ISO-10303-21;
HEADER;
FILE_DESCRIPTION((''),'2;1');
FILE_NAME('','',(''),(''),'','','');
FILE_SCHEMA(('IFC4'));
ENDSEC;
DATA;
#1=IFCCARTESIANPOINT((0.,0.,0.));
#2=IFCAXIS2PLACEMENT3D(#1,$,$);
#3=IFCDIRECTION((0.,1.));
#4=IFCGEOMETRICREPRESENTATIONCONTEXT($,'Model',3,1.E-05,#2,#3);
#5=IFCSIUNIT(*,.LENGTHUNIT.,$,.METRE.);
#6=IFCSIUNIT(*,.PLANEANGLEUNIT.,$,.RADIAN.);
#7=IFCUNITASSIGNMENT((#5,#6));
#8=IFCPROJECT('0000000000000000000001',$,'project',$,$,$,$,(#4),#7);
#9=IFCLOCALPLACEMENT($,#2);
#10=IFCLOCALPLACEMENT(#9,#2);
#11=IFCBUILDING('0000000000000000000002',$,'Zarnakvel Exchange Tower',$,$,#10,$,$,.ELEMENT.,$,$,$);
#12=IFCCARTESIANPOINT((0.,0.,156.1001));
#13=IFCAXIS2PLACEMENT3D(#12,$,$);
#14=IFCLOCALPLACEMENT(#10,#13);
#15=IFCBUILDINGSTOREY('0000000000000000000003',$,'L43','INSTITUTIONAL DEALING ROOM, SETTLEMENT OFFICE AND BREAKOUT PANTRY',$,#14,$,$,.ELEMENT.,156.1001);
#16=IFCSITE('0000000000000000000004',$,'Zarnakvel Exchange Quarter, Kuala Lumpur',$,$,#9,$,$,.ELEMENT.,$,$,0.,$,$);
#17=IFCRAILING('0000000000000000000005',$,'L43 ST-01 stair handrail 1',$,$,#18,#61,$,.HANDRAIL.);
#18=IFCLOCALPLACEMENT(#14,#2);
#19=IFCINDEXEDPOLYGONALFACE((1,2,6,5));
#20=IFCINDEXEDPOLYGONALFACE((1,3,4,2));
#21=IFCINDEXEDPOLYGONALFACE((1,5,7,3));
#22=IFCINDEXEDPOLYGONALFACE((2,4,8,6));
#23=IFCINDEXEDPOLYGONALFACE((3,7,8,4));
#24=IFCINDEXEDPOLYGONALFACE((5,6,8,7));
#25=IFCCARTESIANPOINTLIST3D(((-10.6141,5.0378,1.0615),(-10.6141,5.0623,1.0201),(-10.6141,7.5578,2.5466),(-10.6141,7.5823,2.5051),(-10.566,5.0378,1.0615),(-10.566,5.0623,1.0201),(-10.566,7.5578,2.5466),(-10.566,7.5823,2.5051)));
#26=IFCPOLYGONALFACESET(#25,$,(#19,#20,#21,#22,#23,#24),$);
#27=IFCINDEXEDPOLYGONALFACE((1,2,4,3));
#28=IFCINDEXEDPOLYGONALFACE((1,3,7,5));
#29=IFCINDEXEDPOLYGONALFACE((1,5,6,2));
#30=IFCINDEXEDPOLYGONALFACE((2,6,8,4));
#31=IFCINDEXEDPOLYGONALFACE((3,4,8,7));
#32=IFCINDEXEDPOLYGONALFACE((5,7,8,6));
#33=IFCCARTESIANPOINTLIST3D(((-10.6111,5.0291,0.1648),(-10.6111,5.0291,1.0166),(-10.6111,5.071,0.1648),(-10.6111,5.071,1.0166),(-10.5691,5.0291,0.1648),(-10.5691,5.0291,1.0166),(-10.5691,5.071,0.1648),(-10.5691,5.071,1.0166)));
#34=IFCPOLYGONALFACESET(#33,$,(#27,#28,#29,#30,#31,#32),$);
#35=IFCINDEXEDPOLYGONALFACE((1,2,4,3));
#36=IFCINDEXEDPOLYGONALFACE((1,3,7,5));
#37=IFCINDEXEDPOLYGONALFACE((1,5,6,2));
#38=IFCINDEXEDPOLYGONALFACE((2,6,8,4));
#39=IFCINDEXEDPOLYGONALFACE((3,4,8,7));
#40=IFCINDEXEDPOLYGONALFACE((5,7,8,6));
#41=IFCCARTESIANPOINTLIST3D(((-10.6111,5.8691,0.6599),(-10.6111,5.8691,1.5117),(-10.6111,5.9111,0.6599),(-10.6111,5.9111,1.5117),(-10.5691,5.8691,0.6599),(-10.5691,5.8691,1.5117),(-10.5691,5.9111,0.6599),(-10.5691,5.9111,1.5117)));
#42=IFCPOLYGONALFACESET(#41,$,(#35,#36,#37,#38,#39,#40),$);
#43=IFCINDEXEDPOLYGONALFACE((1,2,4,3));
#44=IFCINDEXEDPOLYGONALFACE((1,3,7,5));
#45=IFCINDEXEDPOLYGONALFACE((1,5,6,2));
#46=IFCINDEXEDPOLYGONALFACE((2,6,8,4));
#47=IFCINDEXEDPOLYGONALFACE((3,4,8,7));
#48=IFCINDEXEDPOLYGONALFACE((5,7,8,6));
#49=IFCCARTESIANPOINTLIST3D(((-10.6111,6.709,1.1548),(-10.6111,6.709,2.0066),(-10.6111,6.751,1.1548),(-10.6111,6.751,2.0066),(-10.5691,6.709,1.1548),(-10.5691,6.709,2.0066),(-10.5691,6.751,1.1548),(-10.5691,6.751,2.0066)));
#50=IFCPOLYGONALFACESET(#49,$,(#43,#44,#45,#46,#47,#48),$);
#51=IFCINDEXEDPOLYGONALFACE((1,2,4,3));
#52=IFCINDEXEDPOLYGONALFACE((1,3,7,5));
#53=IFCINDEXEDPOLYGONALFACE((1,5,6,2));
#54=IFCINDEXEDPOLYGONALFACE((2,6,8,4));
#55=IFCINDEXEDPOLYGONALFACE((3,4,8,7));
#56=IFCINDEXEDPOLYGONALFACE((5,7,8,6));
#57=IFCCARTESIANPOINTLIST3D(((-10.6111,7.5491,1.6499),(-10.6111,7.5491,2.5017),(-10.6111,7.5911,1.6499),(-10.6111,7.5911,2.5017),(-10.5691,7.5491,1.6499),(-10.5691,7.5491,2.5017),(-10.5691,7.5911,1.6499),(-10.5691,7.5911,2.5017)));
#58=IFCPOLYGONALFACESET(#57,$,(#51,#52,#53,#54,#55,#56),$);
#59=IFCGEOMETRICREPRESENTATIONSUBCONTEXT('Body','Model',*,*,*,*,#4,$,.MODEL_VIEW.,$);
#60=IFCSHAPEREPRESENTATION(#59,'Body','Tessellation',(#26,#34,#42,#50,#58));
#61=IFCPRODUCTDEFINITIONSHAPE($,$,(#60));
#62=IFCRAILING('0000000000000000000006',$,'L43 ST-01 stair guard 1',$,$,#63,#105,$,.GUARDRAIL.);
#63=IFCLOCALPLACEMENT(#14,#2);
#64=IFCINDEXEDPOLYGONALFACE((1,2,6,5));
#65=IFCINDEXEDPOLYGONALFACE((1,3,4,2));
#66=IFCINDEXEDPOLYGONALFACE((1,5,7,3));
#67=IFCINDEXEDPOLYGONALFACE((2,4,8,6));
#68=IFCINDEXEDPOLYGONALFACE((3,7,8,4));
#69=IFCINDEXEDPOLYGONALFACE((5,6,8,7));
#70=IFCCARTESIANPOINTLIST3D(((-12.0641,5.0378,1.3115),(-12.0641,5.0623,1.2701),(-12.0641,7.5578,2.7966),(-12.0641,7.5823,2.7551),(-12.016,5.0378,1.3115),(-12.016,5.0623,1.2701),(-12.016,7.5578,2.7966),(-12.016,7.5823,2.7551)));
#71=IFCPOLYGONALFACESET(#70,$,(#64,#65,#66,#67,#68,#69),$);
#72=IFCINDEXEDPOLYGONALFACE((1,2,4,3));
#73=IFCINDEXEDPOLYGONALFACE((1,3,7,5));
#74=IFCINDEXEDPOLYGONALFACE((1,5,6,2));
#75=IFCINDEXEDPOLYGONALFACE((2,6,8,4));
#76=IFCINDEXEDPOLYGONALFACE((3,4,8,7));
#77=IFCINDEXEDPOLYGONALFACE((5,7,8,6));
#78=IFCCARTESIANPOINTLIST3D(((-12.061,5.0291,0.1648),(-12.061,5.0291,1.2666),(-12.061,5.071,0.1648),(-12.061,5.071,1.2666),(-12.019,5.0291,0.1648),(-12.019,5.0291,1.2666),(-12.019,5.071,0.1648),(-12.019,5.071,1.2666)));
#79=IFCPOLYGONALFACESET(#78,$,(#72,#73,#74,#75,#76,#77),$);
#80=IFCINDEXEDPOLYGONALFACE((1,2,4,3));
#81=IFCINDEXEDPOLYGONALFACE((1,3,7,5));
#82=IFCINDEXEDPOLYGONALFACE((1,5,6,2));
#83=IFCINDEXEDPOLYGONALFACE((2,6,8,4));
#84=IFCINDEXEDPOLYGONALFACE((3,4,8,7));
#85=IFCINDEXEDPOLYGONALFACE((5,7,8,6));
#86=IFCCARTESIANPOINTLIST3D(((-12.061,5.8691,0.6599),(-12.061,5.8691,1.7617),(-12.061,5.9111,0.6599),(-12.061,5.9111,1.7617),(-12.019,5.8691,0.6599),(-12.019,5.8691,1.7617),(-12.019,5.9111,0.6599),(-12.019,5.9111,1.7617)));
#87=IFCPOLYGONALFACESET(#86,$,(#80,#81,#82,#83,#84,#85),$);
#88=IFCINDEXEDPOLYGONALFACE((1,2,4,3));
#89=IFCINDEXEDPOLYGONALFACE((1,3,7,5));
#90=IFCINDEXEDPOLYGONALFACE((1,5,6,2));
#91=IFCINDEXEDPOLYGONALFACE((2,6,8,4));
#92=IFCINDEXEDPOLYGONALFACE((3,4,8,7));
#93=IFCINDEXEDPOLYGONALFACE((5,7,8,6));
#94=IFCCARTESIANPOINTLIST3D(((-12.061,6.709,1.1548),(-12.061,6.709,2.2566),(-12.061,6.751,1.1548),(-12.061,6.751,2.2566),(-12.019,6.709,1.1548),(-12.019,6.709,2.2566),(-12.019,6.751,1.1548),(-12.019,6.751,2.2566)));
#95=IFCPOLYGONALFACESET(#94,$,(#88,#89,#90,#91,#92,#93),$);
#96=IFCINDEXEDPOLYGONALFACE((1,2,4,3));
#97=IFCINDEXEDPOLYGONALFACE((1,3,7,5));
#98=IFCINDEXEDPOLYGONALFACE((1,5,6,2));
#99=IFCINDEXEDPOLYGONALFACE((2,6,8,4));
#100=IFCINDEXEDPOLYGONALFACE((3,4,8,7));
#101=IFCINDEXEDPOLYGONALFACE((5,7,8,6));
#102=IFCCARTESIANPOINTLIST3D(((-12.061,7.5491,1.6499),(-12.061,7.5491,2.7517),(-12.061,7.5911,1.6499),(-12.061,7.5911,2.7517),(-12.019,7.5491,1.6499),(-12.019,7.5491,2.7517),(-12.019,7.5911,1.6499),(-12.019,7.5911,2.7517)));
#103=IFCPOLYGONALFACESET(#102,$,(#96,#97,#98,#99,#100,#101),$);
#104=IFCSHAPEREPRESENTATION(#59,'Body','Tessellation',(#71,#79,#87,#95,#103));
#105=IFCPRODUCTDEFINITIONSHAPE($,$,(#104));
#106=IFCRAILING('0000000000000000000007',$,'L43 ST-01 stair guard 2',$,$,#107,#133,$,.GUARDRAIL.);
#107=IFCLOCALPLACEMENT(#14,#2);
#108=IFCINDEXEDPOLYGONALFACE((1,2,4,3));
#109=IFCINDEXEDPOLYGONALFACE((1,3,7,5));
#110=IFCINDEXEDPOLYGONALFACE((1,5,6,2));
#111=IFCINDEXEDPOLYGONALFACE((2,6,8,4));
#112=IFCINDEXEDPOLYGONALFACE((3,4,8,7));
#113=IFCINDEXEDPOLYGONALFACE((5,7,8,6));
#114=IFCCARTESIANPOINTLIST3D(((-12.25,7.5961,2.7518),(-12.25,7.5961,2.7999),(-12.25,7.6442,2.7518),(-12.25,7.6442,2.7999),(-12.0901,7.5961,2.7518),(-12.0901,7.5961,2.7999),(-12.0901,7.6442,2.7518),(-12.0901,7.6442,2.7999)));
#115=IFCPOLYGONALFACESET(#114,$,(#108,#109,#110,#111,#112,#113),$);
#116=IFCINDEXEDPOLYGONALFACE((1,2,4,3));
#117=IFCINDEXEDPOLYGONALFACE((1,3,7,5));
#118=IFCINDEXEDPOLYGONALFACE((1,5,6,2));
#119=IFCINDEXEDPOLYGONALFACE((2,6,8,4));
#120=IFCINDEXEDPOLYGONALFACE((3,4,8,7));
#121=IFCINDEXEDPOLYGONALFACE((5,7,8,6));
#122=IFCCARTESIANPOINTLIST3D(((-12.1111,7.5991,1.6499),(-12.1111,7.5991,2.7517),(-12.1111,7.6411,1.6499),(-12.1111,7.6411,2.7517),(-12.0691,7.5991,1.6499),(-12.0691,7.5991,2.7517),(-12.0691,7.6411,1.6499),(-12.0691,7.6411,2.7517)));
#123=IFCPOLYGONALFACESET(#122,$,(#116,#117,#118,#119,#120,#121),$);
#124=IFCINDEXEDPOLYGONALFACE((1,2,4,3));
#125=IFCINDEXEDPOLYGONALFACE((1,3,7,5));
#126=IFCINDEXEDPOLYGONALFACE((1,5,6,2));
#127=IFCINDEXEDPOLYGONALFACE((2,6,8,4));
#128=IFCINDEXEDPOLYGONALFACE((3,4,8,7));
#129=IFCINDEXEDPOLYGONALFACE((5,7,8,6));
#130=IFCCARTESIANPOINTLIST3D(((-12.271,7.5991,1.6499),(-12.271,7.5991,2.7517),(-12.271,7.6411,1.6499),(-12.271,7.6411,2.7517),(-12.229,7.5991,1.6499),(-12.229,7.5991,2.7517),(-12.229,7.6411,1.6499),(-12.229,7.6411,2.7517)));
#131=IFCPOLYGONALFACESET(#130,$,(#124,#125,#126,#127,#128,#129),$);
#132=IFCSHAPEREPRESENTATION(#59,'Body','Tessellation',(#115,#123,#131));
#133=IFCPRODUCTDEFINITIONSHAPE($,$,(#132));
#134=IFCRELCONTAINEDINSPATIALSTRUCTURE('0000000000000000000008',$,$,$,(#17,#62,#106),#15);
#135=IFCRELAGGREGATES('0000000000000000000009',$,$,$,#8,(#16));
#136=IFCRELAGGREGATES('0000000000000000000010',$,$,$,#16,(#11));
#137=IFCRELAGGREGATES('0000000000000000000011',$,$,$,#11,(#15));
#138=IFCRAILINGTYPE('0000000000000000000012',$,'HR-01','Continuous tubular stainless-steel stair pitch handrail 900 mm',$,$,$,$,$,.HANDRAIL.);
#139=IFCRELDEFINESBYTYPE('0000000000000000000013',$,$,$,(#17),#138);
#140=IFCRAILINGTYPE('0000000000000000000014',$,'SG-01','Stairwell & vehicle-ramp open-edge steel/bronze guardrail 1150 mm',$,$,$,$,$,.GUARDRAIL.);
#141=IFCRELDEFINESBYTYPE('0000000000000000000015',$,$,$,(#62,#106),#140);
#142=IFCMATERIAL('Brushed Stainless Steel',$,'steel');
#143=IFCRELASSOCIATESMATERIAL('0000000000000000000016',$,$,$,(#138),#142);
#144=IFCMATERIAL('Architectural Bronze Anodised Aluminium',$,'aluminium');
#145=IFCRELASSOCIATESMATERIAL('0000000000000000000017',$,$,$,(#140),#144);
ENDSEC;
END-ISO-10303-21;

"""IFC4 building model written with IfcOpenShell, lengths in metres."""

from ifc_helpers import new_model, si_unit, direction, frame, origin, origin_2d, place, context, subcontext, project, spatial, rectangle, extrude, material, type_object, element, save


model = new_model("IFC4")

# Units and contexts
model_context = context("Model", 3, precision=1e-05, world=origin(), true_north=direction((0.0, 1.0)))
body_context = subcontext(model_context, "Body", "Model", "MODEL_VIEW")
ifc_project = project(units=[si_unit("LENGTHUNIT", "METRE"), si_unit("PLANEANGLEUNIT", "RADIAN")], contexts=[model_context])

# Site, building, storey
site_placement = place(None, origin())
site = spatial("IfcSite", under=ifc_project, at=site_placement, Name="Zarnakvel Exchange Quarter, Kuala Lumpur", CompositionType="ELEMENT", RefElevation=0.0)
building_placement = place(site_placement, origin())
building = spatial("IfcBuilding", under=site, at=building_placement, Name="Zarnakvel Exchange Tower", CompositionType="ELEMENT")
storey_placement = place(building_placement, frame((0.0, 0.0, 156.1001)))
storey = spatial("IfcBuildingStorey", under=building, at=storey_placement, Name="L43", Description="INSTITUTIONAL DEALING ROOM, SETTLEMENT OFFICE AND BREAKOUT PANTRY", CompositionType="ELEMENT", Elevation=156.1001)

# Shared definitions
ifc_material_1 = material(Name="Architectural Bronze Anodised Aluminium", Category="aluminium")

# Railings
ifc_material_2 = material(Name="Brushed Stainless Steel", Category="steel")
railing_type_1 = type_object("IfcRailingType", Name="HR-01", Description="Continuous tubular stainless-steel stair pitch handrail 900 mm", PredefinedType="HANDRAIL", material=ifc_material_2)
railing_1_placement = place(storey_placement, frame((-10.5901, 5.05, 0.1648)))
element("IfcRailing", 1, at=railing_1_placement, inside=storey, type_object=railing_type_1, Name="L43 ST-01 stair handrail 1", PredefinedType="HANDRAIL", context=body_context, shape_type="SweptSolid", body=[
    extrude(rectangle(XDim=0.0481, YDim=0.0481, at=origin_2d()), frame((0.0, 0.0, 0.876), z_axis=(0.0, 0.861524, 0.507717), x_axis=(-1.0, 0.0, 0.0)), (0.0, 0.0, 1.0), 2.925),
    extrude(rectangle(XDim=0.042, YDim=0.042, at=origin_2d()), origin(), (0.0, 0.0, 1.0), 0.8518),
    extrude(rectangle(XDim=0.042, YDim=0.042, at=origin_2d()), frame((0.0, 0.8401, 0.4951)), (0.0, 0.0, 1.0), 0.8518),
    extrude(rectangle(XDim=0.042, YDim=0.042, at=origin_2d()), frame((0.0, 1.6799, 0.99)), (0.0, 0.0, 1.0), 0.8518),
    extrude(rectangle(XDim=0.042, YDim=0.042, at=origin_2d()), frame((0.0, 2.52, 1.4851)), (0.0, 0.0, 1.0), 0.8518),
])
railing_type_2 = type_object("IfcRailingType", Name="SG-01", Description="Stairwell & vehicle-ramp open-edge steel/bronze guardrail 1150 mm", PredefinedType="GUARDRAIL", material=ifc_material_1)
railing_2_placement = place(storey_placement, frame((-12.04, 5.05, 0.1648)))
element("IfcRailing", 2, at=railing_2_placement, inside=storey, type_object=railing_type_2, Name="L43 ST-01 stair guard 1", PredefinedType="GUARDRAIL", context=body_context, shape_type="SweptSolid", body=[
    extrude(rectangle(XDim=0.0481, YDim=0.0481, at=origin_2d()), frame((0.0, 0.0, 1.126), z_axis=(0.0, 0.861524, 0.507717), x_axis=(-1.0, 0.0, 0.0)), (0.0, 0.0, 1.0), 2.925),
    extrude(rectangle(XDim=0.042, YDim=0.042, at=origin_2d()), origin(), (0.0, 0.0, 1.0), 1.1018),
    extrude(rectangle(XDim=0.042, YDim=0.042, at=origin_2d()), frame((0.0, 0.8401, 0.4951)), (0.0, 0.0, 1.0), 1.1018),
    extrude(rectangle(XDim=0.042, YDim=0.042, at=origin_2d()), frame((0.0, 1.6799, 0.99)), (0.0, 0.0, 1.0), 1.1018),
    extrude(rectangle(XDim=0.042, YDim=0.042, at=origin_2d()), frame((0.0, 2.52, 1.4851)), (0.0, 0.0, 1.0), 1.1018),
])
railing_3_placement = place(storey_placement, frame((-12.0901, 7.6201, 1.6499)))
element("IfcRailing", 3, at=railing_3_placement, inside=storey, type_object=railing_type_2, Name="L43 ST-01 stair guard 2", PredefinedType="GUARDRAIL", context=body_context, shape_type="SweptSolid", body=[
    extrude(rectangle(XDim=0.0481, YDim=0.0481, at=origin_2d()), frame((0.0, 0.0, 1.126), z_axis=(-1.0, 0.0, 0.0), x_axis=(0.0, -1.0, 0.0)), (0.0, 0.0, 1.0), 0.1599),
    extrude(rectangle(XDim=0.042, YDim=0.042, at=origin_2d()), origin(), (0.0, 0.0, 1.0), 1.1018),
    extrude(rectangle(XDim=0.042, YDim=0.042, at=origin_2d()), frame((-0.1599, 0.0, 0.0)), (0.0, 0.0, 1.0), 1.1018),
])

save(model, "model.ifc")
